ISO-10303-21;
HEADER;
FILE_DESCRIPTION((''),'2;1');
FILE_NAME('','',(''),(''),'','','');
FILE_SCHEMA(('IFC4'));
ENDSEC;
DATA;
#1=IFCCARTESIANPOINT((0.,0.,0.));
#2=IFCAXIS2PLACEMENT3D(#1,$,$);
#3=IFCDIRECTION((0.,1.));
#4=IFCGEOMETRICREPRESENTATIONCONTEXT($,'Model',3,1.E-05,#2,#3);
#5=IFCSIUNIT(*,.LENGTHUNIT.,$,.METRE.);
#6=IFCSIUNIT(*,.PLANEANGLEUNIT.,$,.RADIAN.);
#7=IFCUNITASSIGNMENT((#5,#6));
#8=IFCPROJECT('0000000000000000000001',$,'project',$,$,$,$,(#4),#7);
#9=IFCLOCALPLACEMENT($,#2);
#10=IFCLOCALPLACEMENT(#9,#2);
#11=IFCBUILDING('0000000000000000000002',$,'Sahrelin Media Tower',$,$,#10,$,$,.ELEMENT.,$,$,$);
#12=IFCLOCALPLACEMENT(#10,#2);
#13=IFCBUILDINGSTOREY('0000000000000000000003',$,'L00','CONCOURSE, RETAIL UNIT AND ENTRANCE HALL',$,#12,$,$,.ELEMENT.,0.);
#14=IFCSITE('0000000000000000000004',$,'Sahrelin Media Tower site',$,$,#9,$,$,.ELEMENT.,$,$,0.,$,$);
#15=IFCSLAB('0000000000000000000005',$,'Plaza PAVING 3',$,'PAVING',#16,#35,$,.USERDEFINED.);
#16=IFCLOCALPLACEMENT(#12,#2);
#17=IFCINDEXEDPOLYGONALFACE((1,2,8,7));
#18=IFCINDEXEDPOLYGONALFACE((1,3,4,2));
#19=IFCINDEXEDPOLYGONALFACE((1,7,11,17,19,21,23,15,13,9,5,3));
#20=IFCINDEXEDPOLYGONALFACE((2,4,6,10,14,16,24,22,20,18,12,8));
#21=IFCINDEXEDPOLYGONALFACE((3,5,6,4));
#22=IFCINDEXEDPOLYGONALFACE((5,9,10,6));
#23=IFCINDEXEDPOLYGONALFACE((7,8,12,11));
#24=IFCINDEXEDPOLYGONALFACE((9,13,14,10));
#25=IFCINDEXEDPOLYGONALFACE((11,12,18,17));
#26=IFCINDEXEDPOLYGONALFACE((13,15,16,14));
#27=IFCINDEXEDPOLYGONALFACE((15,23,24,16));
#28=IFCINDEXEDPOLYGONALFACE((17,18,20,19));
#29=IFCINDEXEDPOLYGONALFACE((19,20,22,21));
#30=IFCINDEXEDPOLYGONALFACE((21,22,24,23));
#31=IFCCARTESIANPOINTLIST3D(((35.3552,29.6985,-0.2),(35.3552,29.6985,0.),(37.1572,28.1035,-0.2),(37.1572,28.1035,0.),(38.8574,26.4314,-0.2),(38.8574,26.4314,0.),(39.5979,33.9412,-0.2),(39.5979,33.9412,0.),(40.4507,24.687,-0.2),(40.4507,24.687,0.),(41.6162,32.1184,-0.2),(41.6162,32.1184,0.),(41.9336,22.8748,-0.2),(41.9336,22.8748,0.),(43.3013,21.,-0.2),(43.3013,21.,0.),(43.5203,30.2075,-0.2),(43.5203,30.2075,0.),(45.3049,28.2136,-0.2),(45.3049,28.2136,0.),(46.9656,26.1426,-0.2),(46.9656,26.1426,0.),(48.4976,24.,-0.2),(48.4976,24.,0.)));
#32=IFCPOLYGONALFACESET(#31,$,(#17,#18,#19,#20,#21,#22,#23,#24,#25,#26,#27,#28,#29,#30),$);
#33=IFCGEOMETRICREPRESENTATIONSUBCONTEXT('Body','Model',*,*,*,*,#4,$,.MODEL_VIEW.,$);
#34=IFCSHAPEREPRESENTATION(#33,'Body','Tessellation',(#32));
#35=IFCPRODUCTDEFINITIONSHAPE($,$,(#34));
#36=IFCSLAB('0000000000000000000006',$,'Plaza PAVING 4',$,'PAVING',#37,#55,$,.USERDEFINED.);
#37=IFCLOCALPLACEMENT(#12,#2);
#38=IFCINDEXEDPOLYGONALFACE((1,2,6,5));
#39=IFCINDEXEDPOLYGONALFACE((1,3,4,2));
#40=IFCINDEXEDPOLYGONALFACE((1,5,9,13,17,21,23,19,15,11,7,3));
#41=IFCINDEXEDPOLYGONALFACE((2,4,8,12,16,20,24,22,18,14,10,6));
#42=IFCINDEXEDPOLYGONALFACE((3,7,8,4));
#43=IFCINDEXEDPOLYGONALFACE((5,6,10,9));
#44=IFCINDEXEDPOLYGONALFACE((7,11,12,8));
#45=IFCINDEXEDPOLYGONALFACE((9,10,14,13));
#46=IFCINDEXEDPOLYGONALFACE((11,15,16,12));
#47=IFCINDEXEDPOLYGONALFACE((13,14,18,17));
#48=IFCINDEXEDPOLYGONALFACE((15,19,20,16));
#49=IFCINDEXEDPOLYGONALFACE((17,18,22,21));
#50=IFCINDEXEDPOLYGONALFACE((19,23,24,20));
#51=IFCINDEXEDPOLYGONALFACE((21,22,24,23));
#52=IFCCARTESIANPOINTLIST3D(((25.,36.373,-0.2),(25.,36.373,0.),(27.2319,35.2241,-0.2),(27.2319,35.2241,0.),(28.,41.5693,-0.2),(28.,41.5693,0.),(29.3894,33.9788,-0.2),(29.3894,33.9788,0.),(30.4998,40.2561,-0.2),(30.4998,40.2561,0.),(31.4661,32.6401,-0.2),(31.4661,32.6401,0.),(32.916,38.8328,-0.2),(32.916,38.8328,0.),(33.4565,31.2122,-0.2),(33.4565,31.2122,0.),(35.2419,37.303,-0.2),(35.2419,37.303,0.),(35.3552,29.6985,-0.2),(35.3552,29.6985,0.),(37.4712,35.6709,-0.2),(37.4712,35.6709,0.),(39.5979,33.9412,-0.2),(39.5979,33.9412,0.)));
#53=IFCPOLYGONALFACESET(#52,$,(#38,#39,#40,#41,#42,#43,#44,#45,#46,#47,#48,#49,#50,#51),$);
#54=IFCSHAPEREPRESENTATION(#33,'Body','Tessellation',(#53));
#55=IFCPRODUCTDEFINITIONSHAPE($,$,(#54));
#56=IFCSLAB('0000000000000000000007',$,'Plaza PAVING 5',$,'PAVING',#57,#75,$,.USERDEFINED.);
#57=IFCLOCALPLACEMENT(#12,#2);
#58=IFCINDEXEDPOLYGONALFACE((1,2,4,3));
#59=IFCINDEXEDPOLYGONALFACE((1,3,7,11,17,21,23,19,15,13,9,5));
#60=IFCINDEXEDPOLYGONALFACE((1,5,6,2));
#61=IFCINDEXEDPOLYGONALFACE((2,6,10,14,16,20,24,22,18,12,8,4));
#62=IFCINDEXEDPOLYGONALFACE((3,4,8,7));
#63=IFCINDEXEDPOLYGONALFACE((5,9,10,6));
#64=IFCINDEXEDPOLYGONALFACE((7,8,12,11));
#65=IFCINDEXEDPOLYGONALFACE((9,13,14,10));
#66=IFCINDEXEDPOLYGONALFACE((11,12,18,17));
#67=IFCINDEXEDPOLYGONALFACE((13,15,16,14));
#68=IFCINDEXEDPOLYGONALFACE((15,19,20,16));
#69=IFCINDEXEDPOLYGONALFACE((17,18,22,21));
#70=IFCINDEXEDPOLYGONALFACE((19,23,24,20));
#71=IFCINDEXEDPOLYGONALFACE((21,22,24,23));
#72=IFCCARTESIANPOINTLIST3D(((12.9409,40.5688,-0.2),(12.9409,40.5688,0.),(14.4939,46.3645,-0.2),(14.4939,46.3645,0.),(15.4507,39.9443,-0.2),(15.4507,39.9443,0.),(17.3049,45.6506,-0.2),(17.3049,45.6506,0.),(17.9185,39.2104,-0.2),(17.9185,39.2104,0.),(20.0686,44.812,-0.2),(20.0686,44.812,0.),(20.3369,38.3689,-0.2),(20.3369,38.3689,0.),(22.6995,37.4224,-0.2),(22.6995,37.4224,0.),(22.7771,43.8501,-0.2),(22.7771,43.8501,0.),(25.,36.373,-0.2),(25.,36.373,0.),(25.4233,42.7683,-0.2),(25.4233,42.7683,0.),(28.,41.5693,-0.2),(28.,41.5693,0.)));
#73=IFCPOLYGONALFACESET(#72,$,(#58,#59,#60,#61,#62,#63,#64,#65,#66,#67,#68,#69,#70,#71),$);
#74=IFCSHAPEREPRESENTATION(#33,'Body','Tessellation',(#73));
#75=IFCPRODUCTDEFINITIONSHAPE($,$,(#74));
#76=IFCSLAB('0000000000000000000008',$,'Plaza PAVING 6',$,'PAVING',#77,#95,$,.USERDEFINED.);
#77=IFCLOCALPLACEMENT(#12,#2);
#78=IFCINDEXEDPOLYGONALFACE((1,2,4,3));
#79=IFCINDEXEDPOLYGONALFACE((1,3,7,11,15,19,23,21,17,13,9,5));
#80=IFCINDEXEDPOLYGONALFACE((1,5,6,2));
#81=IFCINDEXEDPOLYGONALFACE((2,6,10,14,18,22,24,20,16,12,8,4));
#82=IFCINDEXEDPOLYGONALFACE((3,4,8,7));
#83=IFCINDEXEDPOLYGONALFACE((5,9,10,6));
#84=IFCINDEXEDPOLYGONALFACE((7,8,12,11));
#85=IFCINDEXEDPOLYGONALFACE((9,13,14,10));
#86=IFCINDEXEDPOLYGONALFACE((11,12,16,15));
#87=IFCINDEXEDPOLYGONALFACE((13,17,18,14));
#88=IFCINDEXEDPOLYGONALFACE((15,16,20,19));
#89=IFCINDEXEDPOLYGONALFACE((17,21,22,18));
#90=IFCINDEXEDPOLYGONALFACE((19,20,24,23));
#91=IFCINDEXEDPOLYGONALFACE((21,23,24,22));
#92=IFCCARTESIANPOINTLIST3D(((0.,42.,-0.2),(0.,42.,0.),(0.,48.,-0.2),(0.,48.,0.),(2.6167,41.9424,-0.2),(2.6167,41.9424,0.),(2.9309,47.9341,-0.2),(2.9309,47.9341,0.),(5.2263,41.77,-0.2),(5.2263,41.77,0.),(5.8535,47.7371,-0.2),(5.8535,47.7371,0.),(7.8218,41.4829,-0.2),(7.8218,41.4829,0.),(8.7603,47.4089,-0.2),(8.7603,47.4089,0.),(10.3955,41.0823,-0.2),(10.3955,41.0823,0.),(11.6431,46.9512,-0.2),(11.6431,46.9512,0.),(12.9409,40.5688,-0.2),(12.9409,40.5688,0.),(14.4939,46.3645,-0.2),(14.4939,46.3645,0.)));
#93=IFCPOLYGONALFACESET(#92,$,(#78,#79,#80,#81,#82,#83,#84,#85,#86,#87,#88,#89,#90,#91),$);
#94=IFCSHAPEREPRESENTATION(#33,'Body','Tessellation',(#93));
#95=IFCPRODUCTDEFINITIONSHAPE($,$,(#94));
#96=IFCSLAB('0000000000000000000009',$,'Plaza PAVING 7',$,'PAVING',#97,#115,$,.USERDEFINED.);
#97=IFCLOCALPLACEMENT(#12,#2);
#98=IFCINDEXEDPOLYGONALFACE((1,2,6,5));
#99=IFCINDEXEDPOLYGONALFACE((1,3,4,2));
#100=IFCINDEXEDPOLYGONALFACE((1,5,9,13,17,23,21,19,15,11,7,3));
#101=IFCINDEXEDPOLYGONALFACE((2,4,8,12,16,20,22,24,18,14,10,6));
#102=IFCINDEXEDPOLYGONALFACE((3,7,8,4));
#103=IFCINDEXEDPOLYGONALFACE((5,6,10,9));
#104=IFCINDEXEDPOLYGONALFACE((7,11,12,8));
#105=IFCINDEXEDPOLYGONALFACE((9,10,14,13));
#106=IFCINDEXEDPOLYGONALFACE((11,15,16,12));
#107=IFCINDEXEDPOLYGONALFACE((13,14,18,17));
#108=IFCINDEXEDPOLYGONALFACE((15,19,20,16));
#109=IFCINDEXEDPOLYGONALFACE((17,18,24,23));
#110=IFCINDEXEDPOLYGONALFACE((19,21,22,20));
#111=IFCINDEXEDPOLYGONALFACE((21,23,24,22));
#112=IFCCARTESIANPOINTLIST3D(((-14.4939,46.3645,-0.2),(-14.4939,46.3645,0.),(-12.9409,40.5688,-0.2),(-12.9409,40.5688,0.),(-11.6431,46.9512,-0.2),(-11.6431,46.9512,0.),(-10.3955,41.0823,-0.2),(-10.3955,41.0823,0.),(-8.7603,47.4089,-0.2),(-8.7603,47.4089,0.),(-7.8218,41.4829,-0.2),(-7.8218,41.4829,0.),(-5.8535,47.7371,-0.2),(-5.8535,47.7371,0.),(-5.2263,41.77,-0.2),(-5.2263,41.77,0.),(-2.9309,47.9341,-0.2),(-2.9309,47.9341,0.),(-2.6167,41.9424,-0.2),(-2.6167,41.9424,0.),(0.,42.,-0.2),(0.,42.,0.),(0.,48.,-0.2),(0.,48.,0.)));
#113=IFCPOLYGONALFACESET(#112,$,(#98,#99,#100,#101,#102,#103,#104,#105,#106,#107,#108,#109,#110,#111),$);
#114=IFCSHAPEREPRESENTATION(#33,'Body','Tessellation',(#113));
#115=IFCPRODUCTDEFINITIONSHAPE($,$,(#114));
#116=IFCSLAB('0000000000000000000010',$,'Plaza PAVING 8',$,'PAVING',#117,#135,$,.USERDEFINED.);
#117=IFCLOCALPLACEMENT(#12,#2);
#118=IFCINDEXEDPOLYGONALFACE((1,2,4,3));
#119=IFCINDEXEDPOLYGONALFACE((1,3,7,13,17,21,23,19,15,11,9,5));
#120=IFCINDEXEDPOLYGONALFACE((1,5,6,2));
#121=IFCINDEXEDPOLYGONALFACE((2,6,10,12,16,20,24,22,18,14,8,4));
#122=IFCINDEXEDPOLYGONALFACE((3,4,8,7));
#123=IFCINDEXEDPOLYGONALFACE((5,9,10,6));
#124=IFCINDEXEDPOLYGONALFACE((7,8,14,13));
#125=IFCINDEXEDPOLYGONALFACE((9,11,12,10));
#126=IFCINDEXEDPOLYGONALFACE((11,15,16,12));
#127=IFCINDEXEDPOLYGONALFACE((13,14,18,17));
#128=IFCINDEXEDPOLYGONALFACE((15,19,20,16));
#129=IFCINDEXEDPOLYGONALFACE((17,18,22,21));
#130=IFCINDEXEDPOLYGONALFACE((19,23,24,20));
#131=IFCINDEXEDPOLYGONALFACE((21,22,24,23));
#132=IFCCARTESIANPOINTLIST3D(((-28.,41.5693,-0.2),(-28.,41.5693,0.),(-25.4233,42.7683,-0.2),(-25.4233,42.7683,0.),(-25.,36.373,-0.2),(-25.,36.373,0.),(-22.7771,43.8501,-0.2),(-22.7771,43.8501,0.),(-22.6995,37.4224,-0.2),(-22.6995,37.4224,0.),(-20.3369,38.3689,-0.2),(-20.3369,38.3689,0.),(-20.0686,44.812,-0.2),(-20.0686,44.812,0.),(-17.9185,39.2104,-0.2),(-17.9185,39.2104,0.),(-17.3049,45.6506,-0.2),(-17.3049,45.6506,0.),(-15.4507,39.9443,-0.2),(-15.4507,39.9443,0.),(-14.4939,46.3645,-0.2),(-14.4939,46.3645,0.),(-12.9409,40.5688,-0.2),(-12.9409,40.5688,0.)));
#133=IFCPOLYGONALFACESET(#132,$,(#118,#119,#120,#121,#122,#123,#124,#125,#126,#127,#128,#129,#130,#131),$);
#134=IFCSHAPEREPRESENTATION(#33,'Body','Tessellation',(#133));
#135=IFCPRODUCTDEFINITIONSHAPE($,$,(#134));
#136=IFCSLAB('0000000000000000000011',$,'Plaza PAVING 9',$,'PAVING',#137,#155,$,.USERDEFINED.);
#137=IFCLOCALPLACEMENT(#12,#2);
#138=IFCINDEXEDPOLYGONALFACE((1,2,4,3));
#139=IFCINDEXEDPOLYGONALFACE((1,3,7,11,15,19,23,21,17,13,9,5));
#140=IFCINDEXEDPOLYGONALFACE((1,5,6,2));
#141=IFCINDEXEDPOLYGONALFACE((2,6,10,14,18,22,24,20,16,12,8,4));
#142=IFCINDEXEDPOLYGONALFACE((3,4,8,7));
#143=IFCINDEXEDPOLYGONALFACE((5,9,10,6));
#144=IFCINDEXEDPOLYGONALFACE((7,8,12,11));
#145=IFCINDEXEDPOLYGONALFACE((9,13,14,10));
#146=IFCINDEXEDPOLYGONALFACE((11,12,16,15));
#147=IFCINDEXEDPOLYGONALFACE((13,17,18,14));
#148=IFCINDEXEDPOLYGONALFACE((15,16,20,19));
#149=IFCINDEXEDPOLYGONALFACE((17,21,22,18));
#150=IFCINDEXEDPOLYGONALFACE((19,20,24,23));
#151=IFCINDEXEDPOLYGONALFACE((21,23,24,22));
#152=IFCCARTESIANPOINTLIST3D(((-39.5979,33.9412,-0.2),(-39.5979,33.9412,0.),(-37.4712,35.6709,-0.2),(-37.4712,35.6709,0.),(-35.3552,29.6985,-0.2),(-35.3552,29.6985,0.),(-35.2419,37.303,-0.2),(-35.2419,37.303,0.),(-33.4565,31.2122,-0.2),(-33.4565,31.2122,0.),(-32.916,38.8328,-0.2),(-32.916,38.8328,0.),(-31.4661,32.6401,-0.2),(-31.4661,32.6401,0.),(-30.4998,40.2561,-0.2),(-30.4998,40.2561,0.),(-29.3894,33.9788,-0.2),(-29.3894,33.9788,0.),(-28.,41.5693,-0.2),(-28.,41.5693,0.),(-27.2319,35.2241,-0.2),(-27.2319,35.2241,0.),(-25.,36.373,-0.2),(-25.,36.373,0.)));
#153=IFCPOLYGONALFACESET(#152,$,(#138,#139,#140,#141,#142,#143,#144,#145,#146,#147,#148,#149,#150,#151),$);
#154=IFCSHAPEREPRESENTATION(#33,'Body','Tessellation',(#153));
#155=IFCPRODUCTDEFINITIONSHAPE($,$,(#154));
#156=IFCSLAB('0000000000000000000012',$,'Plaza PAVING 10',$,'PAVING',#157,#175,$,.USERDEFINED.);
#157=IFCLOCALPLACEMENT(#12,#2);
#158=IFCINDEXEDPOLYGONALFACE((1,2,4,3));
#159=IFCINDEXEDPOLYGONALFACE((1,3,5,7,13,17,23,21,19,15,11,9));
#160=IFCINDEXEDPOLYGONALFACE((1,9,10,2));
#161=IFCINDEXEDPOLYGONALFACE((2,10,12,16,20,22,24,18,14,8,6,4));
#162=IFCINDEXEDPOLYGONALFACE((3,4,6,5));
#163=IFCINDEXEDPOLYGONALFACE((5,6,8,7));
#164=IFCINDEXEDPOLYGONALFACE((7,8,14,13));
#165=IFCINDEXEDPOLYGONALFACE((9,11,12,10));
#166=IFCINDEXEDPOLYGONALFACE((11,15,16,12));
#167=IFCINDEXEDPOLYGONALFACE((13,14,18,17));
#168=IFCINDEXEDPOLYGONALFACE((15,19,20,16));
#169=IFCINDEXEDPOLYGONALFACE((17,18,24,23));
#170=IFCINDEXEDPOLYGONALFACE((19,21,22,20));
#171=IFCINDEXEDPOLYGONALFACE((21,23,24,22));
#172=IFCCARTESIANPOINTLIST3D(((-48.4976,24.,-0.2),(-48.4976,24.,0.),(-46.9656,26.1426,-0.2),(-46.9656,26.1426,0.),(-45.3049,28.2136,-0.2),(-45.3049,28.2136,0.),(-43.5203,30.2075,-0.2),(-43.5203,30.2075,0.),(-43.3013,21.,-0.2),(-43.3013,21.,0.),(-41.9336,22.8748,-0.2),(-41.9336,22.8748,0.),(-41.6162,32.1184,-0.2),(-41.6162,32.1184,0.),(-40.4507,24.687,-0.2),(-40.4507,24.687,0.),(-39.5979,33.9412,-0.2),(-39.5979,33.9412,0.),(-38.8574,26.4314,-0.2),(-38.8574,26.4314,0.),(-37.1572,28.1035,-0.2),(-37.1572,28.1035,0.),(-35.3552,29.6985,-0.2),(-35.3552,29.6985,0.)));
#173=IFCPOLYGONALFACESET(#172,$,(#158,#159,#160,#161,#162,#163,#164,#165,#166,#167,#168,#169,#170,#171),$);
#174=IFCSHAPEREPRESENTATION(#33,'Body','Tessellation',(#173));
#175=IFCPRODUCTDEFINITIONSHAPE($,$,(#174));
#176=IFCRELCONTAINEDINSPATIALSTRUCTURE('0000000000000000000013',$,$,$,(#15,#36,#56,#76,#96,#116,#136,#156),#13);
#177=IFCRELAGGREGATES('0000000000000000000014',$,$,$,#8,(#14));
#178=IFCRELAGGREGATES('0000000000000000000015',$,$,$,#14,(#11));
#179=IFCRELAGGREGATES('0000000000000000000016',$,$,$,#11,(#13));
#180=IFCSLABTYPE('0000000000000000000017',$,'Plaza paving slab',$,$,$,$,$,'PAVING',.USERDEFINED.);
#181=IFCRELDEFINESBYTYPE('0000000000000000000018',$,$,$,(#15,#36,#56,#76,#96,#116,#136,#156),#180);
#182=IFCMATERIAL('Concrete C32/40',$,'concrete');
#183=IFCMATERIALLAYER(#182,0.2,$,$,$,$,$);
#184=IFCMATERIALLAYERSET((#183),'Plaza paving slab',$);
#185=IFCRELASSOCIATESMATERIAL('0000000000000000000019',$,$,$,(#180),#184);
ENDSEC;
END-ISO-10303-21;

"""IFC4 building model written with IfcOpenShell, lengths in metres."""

from ifc_helpers import new_model, si_unit, direction, frame, origin, place, context, subcontext, project, spatial, polyline, outline, extrude, material, layer, layer_set, type_object, element, save


model = new_model("IFC4")

# Units and contexts
model_context = context("Model", 3, precision=1e-05, world=origin(), true_north=direction((0.0, 1.0)))
body_context = subcontext(model_context, "Body", "Model", "MODEL_VIEW")
ifc_project = project(units=[si_unit("LENGTHUNIT", "METRE"), si_unit("PLANEANGLEUNIT", "RADIAN")], contexts=[model_context])

# Site, building, storey
site_placement = place(None, origin())
site = spatial("IfcSite", under=ifc_project, at=site_placement, Name="Sahrelin Media Tower site", CompositionType="ELEMENT", RefElevation=0.0)
building_placement = place(site_placement, origin())
building = spatial("IfcBuilding", under=site, at=building_placement, Name="Sahrelin Media Tower", CompositionType="ELEMENT")
storey_placement = place(building_placement, origin())
storey = spatial("IfcBuildingStorey", under=building, at=storey_placement, Name="L00", Description="CONCOURSE, RETAIL UNIT AND ENTRANCE HALL", CompositionType="ELEMENT", Elevation=0.0)

# Slabs
ifc_material_1 = material(Name="Concrete C32/40", Category="concrete")
ifc_layer_1 = layer(ifc_material_1, 0.2)
ifc_layer_set_1 = layer_set([ifc_layer_1], Name="Plaza paving slab")
slab_type_1 = type_object("IfcSlabType", Name="Plaza paving slab", ElementType="PAVING", PredefinedType="USERDEFINED", material=ifc_layer_set_1)
placement_1 = place(storey_placement, frame((0.0, 0.0, -0.2)))
element("IfcSlab", 1, at=placement_1, inside=storey, type_object=slab_type_1, Name="Plaza PAVING 3", ObjectType="PAVING", PredefinedType="USERDEFINED", context=body_context, shape_type="SweptSolid", body=[
    extrude(outline(polyline([(43.3013, 21.0), (41.9336, 22.8748), (40.4507, 24.687), (38.8574, 26.4314), (37.1572, 28.1035), (35.3552, 29.6985), (39.5979, 33.9412), (41.6162, 32.1184), (43.5203, 30.2075), (45.3049, 28.2136), (46.9656, 26.1426), (48.4976, 24.0), (43.3013, 21.0)])), origin(), (0.0, 0.0, 1.0), 0.2),
])
element("IfcSlab", 2, at=placement_1, inside=storey, type_object=slab_type_1, Name="Plaza PAVING 4", ObjectType="PAVING", PredefinedType="USERDEFINED", context=body_context, shape_type="SweptSolid", body=[
    extrude(outline(polyline([(35.3552, 29.6985), (33.4565, 31.2122), (31.4661, 32.6401), (29.3894, 33.9788), (27.2319, 35.2241), (25.0, 36.373), (28.0, 41.5693), (30.4998, 40.2561), (32.916, 38.8328), (35.2419, 37.303), (37.4712, 35.6709), (39.5979, 33.9412), (35.3552, 29.6985)])), origin(), (0.0, 0.0, 1.0), 0.2),
])
element("IfcSlab", 3, at=placement_1, inside=storey, type_object=slab_type_1, Name="Plaza PAVING 5", ObjectType="PAVING", PredefinedType="USERDEFINED", context=body_context, shape_type="SweptSolid", body=[
    extrude(outline(polyline([(25.0, 36.373), (22.6995, 37.4224), (20.3369, 38.3689), (17.9185, 39.2104), (15.4507, 39.9443), (12.9409, 40.5688), (14.4939, 46.3645), (17.3049, 45.6506), (20.0686, 44.812), (22.7771, 43.8501), (25.4233, 42.7683), (28.0, 41.5693), (25.0, 36.373)])), origin(), (0.0, 0.0, 1.0), 0.2),
])
element("IfcSlab", 4, at=placement_1, inside=storey, type_object=slab_type_1, Name="Plaza PAVING 6", ObjectType="PAVING", PredefinedType="USERDEFINED", context=body_context, shape_type="SweptSolid", body=[
    extrude(outline(polyline([(12.9409, 40.5688), (10.3955, 41.0823), (7.8218, 41.4829), (5.2263, 41.77), (2.6167, 41.9424), (0.0, 42.0), (0.0, 48.0), (2.9309, 47.9341), (5.8535, 47.7371), (8.7603, 47.4089), (11.6431, 46.9512), (14.4939, 46.3645), (12.9409, 40.5688)])), origin(), (0.0, 0.0, 1.0), 0.2),
])
element("IfcSlab", 5, at=placement_1, inside=storey, type_object=slab_type_1, Name="Plaza PAVING 7", ObjectType="PAVING", PredefinedType="USERDEFINED", context=body_context, shape_type="SweptSolid", body=[
    extrude(outline(polyline([(0.0, 42.0), (-2.6167, 41.9424), (-5.2263, 41.77), (-7.8218, 41.4829), (-10.3955, 41.0823), (-12.9409, 40.5688), (-14.4939, 46.3645), (-11.6431, 46.9512), (-8.7603, 47.4089), (-5.8535, 47.7371), (-2.9309, 47.9341), (0.0, 48.0), (0.0, 42.0)])), origin(), (0.0, 0.0, 1.0), 0.2),
])
element("IfcSlab", 6, at=placement_1, inside=storey, type_object=slab_type_1, Name="Plaza PAVING 8", ObjectType="PAVING", PredefinedType="USERDEFINED", context=body_context, shape_type="SweptSolid", body=[
    extrude(outline(polyline([(-12.9409, 40.5688), (-15.4507, 39.9443), (-17.9185, 39.2104), (-20.3369, 38.3689), (-22.6995, 37.4224), (-25.0, 36.373), (-28.0, 41.5693), (-25.4233, 42.7683), (-22.7771, 43.8501), (-20.0686, 44.812), (-17.3049, 45.6506), (-14.4939, 46.3645), (-12.9409, 40.5688)])), origin(), (0.0, 0.0, 1.0), 0.2),
])
element("IfcSlab", 7, at=placement_1, inside=storey, type_object=slab_type_1, Name="Plaza PAVING 9", ObjectType="PAVING", PredefinedType="USERDEFINED", context=body_context, shape_type="SweptSolid", body=[
    extrude(outline(polyline([(-25.0, 36.373), (-27.2319, 35.2241), (-29.3894, 33.9788), (-31.4661, 32.6401), (-33.4565, 31.2122), (-35.3552, 29.6985), (-39.5979, 33.9412), (-37.4712, 35.6709), (-35.2419, 37.303), (-32.916, 38.8328), (-30.4998, 40.2561), (-28.0, 41.5693), (-25.0, 36.373)])), origin(), (0.0, 0.0, 1.0), 0.2),
])
element("IfcSlab", 8, at=placement_1, inside=storey, type_object=slab_type_1, Name="Plaza PAVING 10", ObjectType="PAVING", PredefinedType="USERDEFINED", context=body_context, shape_type="SweptSolid", body=[
    extrude(outline(polyline([(-35.3552, 29.6985), (-37.1572, 28.1035), (-38.8574, 26.4314), (-40.4507, 24.687), (-41.9336, 22.8748), (-43.3013, 21.0), (-48.4976, 24.0), (-46.9656, 26.1426), (-45.3049, 28.2136), (-43.5203, 30.2075), (-41.6162, 32.1184), (-39.5979, 33.9412), (-35.3552, 29.6985)])), origin(), (0.0, 0.0, 1.0), 0.2),
])

save(model, "model.ifc")
